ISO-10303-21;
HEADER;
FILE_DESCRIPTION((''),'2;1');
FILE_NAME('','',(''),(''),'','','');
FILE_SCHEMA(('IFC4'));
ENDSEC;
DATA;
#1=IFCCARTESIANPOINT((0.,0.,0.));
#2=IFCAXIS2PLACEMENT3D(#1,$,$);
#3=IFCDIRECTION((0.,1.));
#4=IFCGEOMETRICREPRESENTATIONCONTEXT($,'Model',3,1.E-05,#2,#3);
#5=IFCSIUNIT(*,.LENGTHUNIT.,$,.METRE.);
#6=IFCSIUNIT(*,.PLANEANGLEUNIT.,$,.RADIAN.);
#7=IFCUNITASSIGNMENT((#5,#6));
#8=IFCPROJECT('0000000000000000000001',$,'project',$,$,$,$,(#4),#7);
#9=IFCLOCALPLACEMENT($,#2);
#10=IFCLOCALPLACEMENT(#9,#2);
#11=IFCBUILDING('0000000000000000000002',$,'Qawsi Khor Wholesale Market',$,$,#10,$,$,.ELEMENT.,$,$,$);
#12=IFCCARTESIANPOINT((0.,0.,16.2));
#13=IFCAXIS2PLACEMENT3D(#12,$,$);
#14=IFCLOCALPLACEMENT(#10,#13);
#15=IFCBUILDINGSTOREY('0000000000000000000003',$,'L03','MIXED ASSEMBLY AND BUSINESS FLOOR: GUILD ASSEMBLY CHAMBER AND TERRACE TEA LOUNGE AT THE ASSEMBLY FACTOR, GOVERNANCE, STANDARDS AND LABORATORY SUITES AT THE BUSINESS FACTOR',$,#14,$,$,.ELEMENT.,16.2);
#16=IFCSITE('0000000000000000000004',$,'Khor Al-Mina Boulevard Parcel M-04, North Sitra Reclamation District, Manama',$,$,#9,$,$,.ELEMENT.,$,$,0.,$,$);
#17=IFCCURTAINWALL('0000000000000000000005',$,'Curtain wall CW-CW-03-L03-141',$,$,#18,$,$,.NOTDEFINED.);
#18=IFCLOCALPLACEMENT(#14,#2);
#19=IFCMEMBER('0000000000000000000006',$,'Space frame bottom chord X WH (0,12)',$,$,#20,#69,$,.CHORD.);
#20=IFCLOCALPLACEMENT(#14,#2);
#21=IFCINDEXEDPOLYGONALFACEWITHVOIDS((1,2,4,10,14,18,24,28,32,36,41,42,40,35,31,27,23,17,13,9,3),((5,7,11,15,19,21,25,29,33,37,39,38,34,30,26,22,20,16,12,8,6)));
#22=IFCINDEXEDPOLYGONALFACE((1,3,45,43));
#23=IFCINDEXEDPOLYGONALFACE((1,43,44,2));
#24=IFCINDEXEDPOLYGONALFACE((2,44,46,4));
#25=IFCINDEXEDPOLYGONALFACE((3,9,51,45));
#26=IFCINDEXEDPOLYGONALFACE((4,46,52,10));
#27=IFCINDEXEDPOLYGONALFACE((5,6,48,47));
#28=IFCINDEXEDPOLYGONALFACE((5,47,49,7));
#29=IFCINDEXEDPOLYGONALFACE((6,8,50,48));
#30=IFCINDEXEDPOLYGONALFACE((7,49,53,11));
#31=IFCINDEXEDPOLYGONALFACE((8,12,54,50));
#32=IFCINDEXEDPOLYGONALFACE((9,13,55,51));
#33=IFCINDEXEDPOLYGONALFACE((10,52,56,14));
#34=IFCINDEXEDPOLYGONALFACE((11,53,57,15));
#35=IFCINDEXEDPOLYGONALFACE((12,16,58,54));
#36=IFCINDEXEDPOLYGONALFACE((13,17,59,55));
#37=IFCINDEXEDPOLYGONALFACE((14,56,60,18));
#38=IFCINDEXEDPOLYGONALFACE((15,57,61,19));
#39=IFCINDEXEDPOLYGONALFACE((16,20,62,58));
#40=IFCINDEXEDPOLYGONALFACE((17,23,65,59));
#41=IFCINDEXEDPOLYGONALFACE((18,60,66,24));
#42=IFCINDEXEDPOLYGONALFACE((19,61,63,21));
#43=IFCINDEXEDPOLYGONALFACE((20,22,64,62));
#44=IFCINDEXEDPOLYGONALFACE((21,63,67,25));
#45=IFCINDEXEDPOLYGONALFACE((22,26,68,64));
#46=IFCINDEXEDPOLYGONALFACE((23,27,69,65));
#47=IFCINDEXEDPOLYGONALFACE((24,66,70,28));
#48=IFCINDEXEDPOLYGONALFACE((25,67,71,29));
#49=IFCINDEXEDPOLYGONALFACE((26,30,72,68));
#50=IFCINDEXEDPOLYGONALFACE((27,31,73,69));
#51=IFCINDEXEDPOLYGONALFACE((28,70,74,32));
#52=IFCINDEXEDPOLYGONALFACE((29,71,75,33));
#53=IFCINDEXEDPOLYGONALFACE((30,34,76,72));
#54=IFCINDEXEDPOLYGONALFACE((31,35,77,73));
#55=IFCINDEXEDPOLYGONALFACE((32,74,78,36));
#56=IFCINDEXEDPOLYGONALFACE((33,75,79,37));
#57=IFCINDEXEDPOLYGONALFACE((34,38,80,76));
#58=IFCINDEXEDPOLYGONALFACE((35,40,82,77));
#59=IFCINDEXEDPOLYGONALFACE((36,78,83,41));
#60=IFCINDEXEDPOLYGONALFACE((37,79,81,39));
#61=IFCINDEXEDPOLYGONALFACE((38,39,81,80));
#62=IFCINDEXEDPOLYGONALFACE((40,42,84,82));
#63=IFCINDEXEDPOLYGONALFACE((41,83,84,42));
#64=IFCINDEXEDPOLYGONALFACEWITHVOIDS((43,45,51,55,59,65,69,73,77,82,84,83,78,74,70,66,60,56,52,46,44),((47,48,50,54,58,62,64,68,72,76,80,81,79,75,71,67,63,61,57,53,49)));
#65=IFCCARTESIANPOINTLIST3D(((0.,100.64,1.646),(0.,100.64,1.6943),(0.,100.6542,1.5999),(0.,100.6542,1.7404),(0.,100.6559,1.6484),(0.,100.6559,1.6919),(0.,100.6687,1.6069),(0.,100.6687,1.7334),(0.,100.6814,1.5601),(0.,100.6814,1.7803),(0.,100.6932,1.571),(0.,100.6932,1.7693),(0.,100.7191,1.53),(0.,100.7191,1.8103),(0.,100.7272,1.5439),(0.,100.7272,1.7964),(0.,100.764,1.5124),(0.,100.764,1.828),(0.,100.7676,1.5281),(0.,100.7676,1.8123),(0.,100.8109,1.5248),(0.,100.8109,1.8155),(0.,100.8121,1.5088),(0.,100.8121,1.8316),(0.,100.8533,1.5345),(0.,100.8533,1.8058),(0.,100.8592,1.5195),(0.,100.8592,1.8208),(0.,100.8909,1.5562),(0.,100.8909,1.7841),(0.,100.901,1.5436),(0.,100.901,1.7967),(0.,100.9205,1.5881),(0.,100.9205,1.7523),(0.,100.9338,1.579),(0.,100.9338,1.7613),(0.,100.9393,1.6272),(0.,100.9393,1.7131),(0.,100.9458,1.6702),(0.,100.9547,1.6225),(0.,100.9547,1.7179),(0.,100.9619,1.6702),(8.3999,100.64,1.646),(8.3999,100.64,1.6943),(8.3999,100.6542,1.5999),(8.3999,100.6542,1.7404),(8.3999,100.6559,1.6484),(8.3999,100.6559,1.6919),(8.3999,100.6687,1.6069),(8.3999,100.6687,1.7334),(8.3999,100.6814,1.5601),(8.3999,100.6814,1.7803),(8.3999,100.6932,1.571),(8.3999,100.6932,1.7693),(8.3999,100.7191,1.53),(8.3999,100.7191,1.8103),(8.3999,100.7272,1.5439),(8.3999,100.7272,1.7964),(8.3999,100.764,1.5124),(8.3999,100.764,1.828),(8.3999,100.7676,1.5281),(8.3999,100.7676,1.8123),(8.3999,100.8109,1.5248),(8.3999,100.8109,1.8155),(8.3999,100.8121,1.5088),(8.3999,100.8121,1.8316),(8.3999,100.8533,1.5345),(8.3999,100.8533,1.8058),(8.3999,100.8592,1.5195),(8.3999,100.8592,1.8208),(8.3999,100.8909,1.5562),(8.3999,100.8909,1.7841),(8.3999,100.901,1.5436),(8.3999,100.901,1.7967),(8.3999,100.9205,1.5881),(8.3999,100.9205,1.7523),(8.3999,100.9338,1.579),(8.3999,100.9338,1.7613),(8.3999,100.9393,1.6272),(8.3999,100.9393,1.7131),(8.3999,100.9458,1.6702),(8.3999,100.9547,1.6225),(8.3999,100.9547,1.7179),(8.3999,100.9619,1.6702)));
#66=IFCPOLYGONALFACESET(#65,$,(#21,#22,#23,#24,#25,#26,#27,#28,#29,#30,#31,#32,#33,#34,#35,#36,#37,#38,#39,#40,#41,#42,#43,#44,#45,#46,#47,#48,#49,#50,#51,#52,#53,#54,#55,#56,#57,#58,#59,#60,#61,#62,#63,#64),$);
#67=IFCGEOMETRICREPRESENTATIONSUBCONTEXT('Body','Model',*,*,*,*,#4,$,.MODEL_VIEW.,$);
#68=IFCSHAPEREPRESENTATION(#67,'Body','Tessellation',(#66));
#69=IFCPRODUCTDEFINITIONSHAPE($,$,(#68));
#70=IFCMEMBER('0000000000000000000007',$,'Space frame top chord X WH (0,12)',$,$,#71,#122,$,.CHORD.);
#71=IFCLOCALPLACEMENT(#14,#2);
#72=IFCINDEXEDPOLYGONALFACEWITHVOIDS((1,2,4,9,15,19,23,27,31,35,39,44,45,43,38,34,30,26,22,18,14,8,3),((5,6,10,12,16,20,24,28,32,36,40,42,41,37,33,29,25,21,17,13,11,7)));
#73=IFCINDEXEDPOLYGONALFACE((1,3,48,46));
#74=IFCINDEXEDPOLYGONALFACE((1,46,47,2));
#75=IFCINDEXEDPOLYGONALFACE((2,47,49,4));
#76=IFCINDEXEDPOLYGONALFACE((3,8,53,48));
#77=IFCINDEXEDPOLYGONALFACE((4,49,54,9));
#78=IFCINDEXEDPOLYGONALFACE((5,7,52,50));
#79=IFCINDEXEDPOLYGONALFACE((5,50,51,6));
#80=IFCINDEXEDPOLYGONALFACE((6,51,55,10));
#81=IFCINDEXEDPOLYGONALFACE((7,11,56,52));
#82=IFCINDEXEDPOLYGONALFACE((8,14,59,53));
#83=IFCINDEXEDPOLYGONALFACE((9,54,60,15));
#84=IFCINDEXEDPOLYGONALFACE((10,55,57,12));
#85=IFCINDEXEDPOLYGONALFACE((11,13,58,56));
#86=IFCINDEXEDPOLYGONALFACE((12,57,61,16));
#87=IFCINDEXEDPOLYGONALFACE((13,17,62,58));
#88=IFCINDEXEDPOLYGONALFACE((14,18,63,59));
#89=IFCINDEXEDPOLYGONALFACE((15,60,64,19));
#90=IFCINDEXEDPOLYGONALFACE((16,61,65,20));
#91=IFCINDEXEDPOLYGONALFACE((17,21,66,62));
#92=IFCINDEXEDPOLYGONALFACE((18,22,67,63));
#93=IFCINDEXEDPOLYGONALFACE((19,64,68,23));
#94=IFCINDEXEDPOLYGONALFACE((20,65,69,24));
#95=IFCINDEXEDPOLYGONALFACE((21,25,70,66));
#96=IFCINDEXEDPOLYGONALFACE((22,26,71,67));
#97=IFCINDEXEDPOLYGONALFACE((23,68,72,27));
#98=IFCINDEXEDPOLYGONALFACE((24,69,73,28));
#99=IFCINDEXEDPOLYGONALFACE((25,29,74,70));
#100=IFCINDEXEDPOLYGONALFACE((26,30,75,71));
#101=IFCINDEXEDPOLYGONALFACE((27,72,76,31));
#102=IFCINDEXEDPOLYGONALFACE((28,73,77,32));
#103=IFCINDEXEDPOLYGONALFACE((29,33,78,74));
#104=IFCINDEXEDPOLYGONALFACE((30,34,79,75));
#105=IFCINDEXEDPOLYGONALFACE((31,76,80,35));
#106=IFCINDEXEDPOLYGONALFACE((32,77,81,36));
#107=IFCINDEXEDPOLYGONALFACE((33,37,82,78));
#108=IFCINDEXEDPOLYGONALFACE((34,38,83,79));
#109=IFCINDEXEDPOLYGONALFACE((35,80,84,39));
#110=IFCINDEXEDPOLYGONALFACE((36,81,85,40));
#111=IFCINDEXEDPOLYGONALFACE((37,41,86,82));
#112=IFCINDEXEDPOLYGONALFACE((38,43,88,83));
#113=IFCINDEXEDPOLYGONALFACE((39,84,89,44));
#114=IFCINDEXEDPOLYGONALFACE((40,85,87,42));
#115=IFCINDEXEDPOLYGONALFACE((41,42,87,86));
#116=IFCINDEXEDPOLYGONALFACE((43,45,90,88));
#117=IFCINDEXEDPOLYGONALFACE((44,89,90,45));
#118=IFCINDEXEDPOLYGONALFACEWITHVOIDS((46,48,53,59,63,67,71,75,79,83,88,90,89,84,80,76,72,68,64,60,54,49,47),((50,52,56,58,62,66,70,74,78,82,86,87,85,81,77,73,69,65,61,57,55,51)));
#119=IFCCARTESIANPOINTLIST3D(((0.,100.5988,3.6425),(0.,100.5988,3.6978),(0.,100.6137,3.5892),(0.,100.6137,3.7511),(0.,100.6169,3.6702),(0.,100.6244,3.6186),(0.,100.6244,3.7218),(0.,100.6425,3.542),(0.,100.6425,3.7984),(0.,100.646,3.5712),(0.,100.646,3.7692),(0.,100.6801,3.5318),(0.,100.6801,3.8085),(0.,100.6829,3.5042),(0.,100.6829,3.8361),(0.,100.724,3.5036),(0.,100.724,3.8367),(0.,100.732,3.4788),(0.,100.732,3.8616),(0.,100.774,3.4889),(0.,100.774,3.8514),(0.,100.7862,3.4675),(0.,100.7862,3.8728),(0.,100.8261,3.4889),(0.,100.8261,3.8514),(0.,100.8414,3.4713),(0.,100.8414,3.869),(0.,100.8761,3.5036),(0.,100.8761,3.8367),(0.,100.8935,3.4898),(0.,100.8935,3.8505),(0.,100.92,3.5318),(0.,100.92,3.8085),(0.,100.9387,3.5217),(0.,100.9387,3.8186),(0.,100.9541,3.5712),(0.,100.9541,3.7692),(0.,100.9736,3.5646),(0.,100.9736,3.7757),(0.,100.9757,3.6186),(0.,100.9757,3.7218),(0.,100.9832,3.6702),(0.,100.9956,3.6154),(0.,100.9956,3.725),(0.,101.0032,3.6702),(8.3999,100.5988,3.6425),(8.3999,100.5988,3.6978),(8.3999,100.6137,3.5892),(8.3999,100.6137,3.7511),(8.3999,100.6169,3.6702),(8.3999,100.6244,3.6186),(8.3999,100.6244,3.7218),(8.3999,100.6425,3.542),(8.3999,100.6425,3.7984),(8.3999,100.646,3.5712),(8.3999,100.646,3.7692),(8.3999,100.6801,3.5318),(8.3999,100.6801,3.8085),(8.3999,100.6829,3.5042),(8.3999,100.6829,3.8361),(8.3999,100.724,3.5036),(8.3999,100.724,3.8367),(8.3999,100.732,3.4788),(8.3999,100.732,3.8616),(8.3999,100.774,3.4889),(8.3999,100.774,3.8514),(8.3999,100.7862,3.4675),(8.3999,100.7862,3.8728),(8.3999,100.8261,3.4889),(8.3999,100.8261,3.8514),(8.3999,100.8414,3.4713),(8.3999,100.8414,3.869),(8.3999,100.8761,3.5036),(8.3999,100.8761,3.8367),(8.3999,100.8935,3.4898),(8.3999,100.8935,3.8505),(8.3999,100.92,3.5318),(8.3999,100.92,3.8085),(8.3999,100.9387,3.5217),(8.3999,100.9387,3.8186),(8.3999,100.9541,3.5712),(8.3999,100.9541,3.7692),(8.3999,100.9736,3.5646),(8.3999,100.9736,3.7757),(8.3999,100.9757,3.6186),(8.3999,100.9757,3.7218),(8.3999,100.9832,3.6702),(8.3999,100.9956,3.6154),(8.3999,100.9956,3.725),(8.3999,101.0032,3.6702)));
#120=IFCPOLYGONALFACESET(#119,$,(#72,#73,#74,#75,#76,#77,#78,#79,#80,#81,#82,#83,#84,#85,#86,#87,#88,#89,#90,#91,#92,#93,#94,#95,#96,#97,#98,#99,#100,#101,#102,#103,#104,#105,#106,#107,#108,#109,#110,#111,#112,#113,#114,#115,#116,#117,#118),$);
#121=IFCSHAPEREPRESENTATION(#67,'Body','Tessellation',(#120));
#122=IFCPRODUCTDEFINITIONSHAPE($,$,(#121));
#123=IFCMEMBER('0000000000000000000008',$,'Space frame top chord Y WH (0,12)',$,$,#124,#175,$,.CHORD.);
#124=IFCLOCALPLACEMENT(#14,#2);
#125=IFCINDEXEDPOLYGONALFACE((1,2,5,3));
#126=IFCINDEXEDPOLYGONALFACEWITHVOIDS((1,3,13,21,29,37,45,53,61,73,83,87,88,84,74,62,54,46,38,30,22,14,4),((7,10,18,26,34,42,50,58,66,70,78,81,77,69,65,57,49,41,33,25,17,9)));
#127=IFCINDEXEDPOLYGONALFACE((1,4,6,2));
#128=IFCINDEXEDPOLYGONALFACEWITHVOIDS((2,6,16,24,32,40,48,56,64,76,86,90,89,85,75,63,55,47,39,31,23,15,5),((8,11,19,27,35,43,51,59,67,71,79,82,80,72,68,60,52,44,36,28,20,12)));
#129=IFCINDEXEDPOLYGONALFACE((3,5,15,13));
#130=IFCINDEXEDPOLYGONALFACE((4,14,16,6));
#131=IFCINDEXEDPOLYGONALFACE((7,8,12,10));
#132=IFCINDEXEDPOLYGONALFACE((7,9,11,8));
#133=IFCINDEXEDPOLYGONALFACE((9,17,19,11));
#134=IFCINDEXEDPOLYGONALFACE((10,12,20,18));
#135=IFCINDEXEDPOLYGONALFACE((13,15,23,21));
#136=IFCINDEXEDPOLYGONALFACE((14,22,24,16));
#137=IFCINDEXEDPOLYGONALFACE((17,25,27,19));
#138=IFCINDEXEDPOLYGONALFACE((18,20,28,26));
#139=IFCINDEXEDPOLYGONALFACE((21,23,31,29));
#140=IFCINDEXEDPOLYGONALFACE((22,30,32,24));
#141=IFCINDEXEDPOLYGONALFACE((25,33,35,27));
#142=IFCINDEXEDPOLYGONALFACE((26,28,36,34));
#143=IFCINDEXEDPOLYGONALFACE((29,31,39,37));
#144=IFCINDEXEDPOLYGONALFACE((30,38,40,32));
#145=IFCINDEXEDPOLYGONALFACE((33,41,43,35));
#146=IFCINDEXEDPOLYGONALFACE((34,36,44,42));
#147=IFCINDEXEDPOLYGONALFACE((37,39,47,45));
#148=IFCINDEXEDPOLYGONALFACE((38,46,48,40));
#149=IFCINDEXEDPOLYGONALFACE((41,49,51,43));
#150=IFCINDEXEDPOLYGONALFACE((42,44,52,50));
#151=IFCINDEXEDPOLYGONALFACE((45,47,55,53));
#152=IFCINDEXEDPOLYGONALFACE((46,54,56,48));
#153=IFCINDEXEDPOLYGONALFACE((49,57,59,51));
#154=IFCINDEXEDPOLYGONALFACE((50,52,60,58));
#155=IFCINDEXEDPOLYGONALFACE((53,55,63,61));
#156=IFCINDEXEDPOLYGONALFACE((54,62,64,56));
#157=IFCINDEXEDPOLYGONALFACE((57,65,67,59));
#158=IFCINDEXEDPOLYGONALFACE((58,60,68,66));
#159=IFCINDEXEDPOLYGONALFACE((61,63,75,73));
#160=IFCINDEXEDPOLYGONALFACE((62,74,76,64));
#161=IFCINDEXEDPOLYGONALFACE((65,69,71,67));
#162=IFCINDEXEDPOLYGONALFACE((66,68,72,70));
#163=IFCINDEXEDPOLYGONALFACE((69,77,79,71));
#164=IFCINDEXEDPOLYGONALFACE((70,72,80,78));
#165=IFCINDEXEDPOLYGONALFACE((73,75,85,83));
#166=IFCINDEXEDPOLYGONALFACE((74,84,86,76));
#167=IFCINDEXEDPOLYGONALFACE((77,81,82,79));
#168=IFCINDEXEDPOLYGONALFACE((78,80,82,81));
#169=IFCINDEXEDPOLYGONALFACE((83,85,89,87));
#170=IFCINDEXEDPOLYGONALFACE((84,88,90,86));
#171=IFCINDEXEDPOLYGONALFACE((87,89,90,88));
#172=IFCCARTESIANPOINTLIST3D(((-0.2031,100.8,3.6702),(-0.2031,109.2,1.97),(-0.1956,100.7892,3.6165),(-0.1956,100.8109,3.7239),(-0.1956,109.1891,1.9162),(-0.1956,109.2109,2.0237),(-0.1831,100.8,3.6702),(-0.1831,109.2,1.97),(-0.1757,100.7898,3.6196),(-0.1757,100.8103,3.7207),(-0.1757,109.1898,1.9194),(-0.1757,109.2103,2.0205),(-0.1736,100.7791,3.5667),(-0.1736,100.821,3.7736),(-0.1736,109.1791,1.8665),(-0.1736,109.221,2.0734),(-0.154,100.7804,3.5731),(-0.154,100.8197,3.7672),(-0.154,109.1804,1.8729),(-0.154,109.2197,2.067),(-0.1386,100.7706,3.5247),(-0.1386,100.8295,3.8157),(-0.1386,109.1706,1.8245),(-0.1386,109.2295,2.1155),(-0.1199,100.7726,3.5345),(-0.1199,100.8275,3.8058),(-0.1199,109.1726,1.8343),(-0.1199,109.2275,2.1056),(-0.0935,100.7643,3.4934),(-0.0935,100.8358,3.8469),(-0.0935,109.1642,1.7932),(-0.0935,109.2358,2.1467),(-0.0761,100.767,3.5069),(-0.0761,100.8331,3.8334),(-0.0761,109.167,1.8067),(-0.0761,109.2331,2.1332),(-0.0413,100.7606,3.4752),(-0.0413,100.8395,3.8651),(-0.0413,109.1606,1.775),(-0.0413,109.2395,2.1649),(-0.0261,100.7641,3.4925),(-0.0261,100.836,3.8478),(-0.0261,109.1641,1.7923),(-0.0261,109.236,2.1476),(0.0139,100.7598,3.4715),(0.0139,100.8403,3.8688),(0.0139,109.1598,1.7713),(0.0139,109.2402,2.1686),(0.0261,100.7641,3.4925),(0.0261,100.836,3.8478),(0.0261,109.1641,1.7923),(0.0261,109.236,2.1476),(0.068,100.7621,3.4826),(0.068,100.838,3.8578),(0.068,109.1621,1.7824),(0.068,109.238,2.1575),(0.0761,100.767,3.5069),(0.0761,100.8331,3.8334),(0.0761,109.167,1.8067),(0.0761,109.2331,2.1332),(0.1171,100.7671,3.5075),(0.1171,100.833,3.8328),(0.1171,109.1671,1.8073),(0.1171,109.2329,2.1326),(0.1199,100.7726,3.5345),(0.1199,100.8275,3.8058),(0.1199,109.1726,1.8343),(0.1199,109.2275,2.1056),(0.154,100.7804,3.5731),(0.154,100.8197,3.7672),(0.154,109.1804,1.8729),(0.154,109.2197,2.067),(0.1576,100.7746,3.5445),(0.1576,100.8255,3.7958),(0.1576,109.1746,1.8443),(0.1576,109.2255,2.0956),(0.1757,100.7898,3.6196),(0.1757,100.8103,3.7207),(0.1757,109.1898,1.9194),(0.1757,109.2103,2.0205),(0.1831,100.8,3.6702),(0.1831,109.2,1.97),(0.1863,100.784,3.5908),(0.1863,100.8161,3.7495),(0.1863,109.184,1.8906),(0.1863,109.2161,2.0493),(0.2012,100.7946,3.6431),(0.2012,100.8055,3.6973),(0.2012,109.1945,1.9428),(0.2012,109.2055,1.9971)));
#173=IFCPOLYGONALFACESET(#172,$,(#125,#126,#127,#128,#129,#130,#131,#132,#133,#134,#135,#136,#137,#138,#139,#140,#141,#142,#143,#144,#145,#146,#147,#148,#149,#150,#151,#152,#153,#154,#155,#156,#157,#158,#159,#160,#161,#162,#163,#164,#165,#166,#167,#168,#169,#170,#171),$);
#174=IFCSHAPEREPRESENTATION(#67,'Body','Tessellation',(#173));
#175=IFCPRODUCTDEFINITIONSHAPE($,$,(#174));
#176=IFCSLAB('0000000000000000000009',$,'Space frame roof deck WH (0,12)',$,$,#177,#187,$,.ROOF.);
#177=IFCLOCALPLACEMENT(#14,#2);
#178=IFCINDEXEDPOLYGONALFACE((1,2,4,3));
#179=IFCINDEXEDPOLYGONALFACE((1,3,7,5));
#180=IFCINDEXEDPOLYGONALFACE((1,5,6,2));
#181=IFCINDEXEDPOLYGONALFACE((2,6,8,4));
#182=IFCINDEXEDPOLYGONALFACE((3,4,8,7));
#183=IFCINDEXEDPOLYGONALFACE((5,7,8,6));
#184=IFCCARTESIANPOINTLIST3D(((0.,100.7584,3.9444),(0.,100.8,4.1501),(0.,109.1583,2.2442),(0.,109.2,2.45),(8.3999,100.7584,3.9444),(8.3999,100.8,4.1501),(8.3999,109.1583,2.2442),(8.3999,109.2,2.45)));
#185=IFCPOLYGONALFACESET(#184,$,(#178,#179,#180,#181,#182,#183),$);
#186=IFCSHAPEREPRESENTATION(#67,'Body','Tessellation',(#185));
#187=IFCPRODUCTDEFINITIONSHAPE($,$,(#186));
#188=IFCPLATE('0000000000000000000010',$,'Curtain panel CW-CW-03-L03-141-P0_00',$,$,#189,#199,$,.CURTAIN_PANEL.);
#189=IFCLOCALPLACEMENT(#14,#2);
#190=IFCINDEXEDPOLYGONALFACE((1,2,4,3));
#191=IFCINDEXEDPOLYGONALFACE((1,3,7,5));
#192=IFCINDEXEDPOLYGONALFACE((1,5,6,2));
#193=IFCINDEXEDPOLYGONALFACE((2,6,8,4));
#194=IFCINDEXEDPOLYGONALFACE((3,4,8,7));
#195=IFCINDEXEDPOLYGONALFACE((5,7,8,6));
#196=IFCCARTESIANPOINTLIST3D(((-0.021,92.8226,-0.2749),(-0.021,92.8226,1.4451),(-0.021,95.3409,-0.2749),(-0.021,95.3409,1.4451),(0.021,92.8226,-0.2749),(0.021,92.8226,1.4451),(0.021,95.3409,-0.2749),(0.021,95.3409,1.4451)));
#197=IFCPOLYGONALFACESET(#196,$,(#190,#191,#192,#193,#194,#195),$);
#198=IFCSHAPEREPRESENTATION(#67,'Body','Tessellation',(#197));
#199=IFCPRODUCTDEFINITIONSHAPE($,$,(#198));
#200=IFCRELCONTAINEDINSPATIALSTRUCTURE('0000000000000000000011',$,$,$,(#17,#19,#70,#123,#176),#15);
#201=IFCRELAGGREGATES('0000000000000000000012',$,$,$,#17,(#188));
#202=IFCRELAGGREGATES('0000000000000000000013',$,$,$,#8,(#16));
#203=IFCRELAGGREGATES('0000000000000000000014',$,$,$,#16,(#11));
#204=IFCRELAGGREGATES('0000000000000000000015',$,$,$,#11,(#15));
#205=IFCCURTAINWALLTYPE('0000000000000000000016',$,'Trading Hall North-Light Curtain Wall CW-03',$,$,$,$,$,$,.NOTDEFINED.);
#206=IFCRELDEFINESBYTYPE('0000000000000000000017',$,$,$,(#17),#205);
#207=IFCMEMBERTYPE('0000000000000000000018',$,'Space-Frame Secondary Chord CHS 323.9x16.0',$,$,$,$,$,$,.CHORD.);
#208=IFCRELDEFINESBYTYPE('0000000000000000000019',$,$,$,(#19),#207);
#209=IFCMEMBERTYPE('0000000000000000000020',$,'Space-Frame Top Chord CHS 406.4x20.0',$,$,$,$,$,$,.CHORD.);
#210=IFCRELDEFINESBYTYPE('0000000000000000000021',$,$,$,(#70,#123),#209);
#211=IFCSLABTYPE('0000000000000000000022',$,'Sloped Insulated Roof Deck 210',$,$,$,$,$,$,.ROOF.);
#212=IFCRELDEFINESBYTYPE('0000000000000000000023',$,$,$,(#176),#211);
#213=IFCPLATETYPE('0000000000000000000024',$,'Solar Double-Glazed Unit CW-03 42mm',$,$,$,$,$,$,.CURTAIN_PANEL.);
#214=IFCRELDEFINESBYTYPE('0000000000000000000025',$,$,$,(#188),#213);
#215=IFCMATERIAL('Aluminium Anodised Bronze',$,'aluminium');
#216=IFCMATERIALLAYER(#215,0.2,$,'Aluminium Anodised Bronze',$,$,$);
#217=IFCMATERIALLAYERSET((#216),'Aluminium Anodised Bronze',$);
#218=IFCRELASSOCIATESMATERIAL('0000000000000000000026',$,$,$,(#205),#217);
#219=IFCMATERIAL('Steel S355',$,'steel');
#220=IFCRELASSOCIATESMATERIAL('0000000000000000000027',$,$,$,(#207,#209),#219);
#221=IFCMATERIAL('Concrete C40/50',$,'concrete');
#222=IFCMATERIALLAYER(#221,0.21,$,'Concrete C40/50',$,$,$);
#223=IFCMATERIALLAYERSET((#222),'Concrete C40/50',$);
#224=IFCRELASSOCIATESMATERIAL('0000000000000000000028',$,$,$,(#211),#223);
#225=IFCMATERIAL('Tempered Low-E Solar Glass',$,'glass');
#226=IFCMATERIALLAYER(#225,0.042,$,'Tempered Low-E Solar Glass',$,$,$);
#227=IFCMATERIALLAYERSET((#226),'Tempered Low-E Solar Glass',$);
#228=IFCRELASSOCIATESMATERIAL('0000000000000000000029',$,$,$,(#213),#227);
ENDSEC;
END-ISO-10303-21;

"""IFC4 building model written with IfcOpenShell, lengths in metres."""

from ifc_helpers import new_model, si_unit, direction, frame, frame_2d, origin, origin_2d, place, context, subcontext, project, spatial, polyline, rectangle, hollow_circle, outline, extrude, material, layer, layer_set, material_profile, profile_set, type_object, element, aggregate, save


model = new_model("IFC4")

# Units and contexts
model_context = context("Model", 3, precision=1e-05, world=origin(), true_north=direction((0.0, 1.0)))
body_context = subcontext(model_context, "Body", "Model", "MODEL_VIEW")
ifc_project = project(units=[si_unit("LENGTHUNIT", "METRE"), si_unit("PLANEANGLEUNIT", "RADIAN")], contexts=[model_context])

# Site, building, storey
site_placement = place(None, origin())
site = spatial("IfcSite", under=ifc_project, at=site_placement, Name="Khor Al-Mina Boulevard Parcel M-04, North Sitra Reclamation District, Manama", CompositionType="ELEMENT", RefElevation=0.0)
building_placement = place(site_placement, origin())
building = spatial("IfcBuilding", under=site, at=building_placement, Name="Qawsi Khor Wholesale Market", CompositionType="ELEMENT")
storey_placement = place(building_placement, frame((0.0, 0.0, 16.2)))
storey = spatial("IfcBuildingStorey", under=building, at=storey_placement, Name="L03", Description="MIXED ASSEMBLY AND BUSINESS FLOOR: GUILD ASSEMBLY CHAMBER AND TERRACE TEA LOUNGE AT THE ASSEMBLY FACTOR, GOVERNANCE, STANDARDS AND LABORATORY SUITES AT THE BUSINESS FACTOR", CompositionType="ELEMENT", Elevation=16.2)

# Shared definitions
ifc_material_1 = material(Name="Concrete C40/50", Category="concrete")

# Curtain wall
ifc_material_2 = material(Name="Aluminium Anodised Bronze", Category="aluminium")
ifc_layer_1 = layer(ifc_material_2, 0.2, Name="Aluminium Anodised Bronze")
ifc_layer_set_1 = layer_set([ifc_layer_1], Name="Aluminium Anodised Bronze")
curtain_wall_type = type_object("IfcCurtainWallType", Name="Trading Hall North-Light Curtain Wall CW-03", PredefinedType="NOTDEFINED", material=ifc_layer_set_1)
curtain_wall_1_placement = place(storey_placement, origin())
curtain_wall_1 = element("IfcCurtainWall", 1, at=curtain_wall_1_placement, inside=storey, type_object=curtain_wall_type, Name="Curtain wall CW-CW-03-L03-141", PredefinedType="NOTDEFINED")

# Members
ifc_material_3 = material(Name="Steel S355", Category="steel")
ifc_material_profile_1 = material_profile(ifc_material_3, hollow_circle(Radius=0.1619, WallThickness=0.0161, at=origin_2d()), Name="CHS 323.9x16.0")
ifc_profile_set_1 = profile_set([ifc_material_profile_1], Name="Steel S355")
member_type_1 = type_object("IfcMemberType", Name="Space-Frame Secondary Chord CHS 323.9x16.0", PredefinedType="CHORD", material=ifc_profile_set_1)
member_1_placement = place(storey_placement, frame((0.0, 100.8, 1.6702), z_axis=(1.0, 0.0, 0.0), x_axis=(0.0, 1.0, 0.0)))
element("IfcMember", 2, at=member_1_placement, inside=storey, type_object=member_type_1, Name="Space frame bottom chord X WH (0,12)", PredefinedType="CHORD", context=body_context, shape_type="SweptSolid", body=[
    extrude(hollow_circle(Radius=0.1619, WallThickness=0.0161, at=origin_2d()), origin(), (0.0, 0.0, 1.0), 8.3999),
])
ifc_material_profile_2 = material_profile(ifc_material_3, hollow_circle(Radius=0.2031, WallThickness=0.02, at=origin_2d()), Name="CHS 406.4x20.0")
ifc_profile_set_2 = profile_set([ifc_material_profile_2], Name="Steel S355")
member_type_2 = type_object("IfcMemberType", Name="Space-Frame Top Chord CHS 406.4x20.0", PredefinedType="CHORD", material=ifc_profile_set_2)
member_2_placement = place(storey_placement, frame((0.0, 100.8, 3.6702), z_axis=(1.0, 0.0, 0.0), x_axis=(0.0, 1.0, 0.0)))
element("IfcMember", 3, at=member_2_placement, inside=storey, type_object=member_type_2, Name="Space frame top chord X WH (0,12)", PredefinedType="CHORD", context=body_context, shape_type="SweptSolid", body=[
    extrude(hollow_circle(Radius=0.2031, WallThickness=0.02, at=origin_2d()), origin(), (0.0, 0.0, 1.0), 8.3999),
])
member_3_placement = place(storey_placement, frame((0.0, 100.8, 3.6702), z_axis=(0.0, 0.980124, -0.198384), x_axis=(-1.0, 0.0, 0.0)))
element("IfcMember", 4, at=member_3_placement, inside=storey, type_object=member_type_2, Name="Space frame top chord Y WH (0,12)", PredefinedType="CHORD", context=body_context, shape_type="SweptSolid", body=[
    extrude(hollow_circle(Radius=0.2031, WallThickness=0.02, at=origin_2d()), origin(), (0.0, 0.0, 1.0), 8.5703),
])

# Slab
ifc_layer_2 = layer(ifc_material_1, 0.21, Name="Concrete C40/50")
ifc_layer_set_2 = layer_set([ifc_layer_2], Name="Concrete C40/50")
slab_type = type_object("IfcSlabType", Name="Sloped Insulated Roof Deck 210", PredefinedType="ROOF", material=ifc_layer_set_2)
slab_placement = place(storey_placement, frame((0.0, 100.8, 4.1501), z_axis=(0.0, 0.198384, 0.980124), x_axis=(1.0, 0.0, 0.0)))
element("IfcSlab", 5, at=slab_placement, inside=storey, type_object=slab_type, Name="Space frame roof deck WH (0,12)", PredefinedType="ROOF", context=body_context, shape_type="SweptSolid", body=[
    extrude(outline(polyline([(0.0, 0.0), (8.3999, 0.0), (8.3999, 8.5702), (0.0, 8.5702), (0.0, 0.0)])), origin(), (0.0, 0.0, -1.0), 0.21),
])

# Plate
ifc_material_4 = material(Name="Tempered Low-E Solar Glass", Category="glass")
ifc_layer_3 = layer(ifc_material_4, 0.042, Name="Tempered Low-E Solar Glass")
ifc_layer_set_3 = layer_set([ifc_layer_3], Name="Tempered Low-E Solar Glass")
plate_type = type_object("IfcPlateType", Name="Solar Double-Glazed Unit CW-03 42mm", PredefinedType="CURTAIN_PANEL", material=ifc_layer_set_3)
plate_1_placement = place(storey_placement, frame((0.0, 92.8225, -0.2749), z_axis=(0.0, 0.0, 1.0), x_axis=(0.0, 1.0, 0.0)))
plate_1 = element("IfcPlate", 6, at=plate_1_placement, type_object=plate_type, Name="Curtain panel CW-CW-03-L03-141-P0_00", PredefinedType="CURTAIN_PANEL", context=body_context, shape_type="SweptSolid", body=[
    extrude(rectangle(XDim=2.5183, YDim=0.042, at=frame_2d((1.2593, 0.0))), origin(), (0.0, 0.0, 1.0), 1.72),
])
aggregate(curtain_wall_1, [plate_1])

save(model, "model.ifc")
